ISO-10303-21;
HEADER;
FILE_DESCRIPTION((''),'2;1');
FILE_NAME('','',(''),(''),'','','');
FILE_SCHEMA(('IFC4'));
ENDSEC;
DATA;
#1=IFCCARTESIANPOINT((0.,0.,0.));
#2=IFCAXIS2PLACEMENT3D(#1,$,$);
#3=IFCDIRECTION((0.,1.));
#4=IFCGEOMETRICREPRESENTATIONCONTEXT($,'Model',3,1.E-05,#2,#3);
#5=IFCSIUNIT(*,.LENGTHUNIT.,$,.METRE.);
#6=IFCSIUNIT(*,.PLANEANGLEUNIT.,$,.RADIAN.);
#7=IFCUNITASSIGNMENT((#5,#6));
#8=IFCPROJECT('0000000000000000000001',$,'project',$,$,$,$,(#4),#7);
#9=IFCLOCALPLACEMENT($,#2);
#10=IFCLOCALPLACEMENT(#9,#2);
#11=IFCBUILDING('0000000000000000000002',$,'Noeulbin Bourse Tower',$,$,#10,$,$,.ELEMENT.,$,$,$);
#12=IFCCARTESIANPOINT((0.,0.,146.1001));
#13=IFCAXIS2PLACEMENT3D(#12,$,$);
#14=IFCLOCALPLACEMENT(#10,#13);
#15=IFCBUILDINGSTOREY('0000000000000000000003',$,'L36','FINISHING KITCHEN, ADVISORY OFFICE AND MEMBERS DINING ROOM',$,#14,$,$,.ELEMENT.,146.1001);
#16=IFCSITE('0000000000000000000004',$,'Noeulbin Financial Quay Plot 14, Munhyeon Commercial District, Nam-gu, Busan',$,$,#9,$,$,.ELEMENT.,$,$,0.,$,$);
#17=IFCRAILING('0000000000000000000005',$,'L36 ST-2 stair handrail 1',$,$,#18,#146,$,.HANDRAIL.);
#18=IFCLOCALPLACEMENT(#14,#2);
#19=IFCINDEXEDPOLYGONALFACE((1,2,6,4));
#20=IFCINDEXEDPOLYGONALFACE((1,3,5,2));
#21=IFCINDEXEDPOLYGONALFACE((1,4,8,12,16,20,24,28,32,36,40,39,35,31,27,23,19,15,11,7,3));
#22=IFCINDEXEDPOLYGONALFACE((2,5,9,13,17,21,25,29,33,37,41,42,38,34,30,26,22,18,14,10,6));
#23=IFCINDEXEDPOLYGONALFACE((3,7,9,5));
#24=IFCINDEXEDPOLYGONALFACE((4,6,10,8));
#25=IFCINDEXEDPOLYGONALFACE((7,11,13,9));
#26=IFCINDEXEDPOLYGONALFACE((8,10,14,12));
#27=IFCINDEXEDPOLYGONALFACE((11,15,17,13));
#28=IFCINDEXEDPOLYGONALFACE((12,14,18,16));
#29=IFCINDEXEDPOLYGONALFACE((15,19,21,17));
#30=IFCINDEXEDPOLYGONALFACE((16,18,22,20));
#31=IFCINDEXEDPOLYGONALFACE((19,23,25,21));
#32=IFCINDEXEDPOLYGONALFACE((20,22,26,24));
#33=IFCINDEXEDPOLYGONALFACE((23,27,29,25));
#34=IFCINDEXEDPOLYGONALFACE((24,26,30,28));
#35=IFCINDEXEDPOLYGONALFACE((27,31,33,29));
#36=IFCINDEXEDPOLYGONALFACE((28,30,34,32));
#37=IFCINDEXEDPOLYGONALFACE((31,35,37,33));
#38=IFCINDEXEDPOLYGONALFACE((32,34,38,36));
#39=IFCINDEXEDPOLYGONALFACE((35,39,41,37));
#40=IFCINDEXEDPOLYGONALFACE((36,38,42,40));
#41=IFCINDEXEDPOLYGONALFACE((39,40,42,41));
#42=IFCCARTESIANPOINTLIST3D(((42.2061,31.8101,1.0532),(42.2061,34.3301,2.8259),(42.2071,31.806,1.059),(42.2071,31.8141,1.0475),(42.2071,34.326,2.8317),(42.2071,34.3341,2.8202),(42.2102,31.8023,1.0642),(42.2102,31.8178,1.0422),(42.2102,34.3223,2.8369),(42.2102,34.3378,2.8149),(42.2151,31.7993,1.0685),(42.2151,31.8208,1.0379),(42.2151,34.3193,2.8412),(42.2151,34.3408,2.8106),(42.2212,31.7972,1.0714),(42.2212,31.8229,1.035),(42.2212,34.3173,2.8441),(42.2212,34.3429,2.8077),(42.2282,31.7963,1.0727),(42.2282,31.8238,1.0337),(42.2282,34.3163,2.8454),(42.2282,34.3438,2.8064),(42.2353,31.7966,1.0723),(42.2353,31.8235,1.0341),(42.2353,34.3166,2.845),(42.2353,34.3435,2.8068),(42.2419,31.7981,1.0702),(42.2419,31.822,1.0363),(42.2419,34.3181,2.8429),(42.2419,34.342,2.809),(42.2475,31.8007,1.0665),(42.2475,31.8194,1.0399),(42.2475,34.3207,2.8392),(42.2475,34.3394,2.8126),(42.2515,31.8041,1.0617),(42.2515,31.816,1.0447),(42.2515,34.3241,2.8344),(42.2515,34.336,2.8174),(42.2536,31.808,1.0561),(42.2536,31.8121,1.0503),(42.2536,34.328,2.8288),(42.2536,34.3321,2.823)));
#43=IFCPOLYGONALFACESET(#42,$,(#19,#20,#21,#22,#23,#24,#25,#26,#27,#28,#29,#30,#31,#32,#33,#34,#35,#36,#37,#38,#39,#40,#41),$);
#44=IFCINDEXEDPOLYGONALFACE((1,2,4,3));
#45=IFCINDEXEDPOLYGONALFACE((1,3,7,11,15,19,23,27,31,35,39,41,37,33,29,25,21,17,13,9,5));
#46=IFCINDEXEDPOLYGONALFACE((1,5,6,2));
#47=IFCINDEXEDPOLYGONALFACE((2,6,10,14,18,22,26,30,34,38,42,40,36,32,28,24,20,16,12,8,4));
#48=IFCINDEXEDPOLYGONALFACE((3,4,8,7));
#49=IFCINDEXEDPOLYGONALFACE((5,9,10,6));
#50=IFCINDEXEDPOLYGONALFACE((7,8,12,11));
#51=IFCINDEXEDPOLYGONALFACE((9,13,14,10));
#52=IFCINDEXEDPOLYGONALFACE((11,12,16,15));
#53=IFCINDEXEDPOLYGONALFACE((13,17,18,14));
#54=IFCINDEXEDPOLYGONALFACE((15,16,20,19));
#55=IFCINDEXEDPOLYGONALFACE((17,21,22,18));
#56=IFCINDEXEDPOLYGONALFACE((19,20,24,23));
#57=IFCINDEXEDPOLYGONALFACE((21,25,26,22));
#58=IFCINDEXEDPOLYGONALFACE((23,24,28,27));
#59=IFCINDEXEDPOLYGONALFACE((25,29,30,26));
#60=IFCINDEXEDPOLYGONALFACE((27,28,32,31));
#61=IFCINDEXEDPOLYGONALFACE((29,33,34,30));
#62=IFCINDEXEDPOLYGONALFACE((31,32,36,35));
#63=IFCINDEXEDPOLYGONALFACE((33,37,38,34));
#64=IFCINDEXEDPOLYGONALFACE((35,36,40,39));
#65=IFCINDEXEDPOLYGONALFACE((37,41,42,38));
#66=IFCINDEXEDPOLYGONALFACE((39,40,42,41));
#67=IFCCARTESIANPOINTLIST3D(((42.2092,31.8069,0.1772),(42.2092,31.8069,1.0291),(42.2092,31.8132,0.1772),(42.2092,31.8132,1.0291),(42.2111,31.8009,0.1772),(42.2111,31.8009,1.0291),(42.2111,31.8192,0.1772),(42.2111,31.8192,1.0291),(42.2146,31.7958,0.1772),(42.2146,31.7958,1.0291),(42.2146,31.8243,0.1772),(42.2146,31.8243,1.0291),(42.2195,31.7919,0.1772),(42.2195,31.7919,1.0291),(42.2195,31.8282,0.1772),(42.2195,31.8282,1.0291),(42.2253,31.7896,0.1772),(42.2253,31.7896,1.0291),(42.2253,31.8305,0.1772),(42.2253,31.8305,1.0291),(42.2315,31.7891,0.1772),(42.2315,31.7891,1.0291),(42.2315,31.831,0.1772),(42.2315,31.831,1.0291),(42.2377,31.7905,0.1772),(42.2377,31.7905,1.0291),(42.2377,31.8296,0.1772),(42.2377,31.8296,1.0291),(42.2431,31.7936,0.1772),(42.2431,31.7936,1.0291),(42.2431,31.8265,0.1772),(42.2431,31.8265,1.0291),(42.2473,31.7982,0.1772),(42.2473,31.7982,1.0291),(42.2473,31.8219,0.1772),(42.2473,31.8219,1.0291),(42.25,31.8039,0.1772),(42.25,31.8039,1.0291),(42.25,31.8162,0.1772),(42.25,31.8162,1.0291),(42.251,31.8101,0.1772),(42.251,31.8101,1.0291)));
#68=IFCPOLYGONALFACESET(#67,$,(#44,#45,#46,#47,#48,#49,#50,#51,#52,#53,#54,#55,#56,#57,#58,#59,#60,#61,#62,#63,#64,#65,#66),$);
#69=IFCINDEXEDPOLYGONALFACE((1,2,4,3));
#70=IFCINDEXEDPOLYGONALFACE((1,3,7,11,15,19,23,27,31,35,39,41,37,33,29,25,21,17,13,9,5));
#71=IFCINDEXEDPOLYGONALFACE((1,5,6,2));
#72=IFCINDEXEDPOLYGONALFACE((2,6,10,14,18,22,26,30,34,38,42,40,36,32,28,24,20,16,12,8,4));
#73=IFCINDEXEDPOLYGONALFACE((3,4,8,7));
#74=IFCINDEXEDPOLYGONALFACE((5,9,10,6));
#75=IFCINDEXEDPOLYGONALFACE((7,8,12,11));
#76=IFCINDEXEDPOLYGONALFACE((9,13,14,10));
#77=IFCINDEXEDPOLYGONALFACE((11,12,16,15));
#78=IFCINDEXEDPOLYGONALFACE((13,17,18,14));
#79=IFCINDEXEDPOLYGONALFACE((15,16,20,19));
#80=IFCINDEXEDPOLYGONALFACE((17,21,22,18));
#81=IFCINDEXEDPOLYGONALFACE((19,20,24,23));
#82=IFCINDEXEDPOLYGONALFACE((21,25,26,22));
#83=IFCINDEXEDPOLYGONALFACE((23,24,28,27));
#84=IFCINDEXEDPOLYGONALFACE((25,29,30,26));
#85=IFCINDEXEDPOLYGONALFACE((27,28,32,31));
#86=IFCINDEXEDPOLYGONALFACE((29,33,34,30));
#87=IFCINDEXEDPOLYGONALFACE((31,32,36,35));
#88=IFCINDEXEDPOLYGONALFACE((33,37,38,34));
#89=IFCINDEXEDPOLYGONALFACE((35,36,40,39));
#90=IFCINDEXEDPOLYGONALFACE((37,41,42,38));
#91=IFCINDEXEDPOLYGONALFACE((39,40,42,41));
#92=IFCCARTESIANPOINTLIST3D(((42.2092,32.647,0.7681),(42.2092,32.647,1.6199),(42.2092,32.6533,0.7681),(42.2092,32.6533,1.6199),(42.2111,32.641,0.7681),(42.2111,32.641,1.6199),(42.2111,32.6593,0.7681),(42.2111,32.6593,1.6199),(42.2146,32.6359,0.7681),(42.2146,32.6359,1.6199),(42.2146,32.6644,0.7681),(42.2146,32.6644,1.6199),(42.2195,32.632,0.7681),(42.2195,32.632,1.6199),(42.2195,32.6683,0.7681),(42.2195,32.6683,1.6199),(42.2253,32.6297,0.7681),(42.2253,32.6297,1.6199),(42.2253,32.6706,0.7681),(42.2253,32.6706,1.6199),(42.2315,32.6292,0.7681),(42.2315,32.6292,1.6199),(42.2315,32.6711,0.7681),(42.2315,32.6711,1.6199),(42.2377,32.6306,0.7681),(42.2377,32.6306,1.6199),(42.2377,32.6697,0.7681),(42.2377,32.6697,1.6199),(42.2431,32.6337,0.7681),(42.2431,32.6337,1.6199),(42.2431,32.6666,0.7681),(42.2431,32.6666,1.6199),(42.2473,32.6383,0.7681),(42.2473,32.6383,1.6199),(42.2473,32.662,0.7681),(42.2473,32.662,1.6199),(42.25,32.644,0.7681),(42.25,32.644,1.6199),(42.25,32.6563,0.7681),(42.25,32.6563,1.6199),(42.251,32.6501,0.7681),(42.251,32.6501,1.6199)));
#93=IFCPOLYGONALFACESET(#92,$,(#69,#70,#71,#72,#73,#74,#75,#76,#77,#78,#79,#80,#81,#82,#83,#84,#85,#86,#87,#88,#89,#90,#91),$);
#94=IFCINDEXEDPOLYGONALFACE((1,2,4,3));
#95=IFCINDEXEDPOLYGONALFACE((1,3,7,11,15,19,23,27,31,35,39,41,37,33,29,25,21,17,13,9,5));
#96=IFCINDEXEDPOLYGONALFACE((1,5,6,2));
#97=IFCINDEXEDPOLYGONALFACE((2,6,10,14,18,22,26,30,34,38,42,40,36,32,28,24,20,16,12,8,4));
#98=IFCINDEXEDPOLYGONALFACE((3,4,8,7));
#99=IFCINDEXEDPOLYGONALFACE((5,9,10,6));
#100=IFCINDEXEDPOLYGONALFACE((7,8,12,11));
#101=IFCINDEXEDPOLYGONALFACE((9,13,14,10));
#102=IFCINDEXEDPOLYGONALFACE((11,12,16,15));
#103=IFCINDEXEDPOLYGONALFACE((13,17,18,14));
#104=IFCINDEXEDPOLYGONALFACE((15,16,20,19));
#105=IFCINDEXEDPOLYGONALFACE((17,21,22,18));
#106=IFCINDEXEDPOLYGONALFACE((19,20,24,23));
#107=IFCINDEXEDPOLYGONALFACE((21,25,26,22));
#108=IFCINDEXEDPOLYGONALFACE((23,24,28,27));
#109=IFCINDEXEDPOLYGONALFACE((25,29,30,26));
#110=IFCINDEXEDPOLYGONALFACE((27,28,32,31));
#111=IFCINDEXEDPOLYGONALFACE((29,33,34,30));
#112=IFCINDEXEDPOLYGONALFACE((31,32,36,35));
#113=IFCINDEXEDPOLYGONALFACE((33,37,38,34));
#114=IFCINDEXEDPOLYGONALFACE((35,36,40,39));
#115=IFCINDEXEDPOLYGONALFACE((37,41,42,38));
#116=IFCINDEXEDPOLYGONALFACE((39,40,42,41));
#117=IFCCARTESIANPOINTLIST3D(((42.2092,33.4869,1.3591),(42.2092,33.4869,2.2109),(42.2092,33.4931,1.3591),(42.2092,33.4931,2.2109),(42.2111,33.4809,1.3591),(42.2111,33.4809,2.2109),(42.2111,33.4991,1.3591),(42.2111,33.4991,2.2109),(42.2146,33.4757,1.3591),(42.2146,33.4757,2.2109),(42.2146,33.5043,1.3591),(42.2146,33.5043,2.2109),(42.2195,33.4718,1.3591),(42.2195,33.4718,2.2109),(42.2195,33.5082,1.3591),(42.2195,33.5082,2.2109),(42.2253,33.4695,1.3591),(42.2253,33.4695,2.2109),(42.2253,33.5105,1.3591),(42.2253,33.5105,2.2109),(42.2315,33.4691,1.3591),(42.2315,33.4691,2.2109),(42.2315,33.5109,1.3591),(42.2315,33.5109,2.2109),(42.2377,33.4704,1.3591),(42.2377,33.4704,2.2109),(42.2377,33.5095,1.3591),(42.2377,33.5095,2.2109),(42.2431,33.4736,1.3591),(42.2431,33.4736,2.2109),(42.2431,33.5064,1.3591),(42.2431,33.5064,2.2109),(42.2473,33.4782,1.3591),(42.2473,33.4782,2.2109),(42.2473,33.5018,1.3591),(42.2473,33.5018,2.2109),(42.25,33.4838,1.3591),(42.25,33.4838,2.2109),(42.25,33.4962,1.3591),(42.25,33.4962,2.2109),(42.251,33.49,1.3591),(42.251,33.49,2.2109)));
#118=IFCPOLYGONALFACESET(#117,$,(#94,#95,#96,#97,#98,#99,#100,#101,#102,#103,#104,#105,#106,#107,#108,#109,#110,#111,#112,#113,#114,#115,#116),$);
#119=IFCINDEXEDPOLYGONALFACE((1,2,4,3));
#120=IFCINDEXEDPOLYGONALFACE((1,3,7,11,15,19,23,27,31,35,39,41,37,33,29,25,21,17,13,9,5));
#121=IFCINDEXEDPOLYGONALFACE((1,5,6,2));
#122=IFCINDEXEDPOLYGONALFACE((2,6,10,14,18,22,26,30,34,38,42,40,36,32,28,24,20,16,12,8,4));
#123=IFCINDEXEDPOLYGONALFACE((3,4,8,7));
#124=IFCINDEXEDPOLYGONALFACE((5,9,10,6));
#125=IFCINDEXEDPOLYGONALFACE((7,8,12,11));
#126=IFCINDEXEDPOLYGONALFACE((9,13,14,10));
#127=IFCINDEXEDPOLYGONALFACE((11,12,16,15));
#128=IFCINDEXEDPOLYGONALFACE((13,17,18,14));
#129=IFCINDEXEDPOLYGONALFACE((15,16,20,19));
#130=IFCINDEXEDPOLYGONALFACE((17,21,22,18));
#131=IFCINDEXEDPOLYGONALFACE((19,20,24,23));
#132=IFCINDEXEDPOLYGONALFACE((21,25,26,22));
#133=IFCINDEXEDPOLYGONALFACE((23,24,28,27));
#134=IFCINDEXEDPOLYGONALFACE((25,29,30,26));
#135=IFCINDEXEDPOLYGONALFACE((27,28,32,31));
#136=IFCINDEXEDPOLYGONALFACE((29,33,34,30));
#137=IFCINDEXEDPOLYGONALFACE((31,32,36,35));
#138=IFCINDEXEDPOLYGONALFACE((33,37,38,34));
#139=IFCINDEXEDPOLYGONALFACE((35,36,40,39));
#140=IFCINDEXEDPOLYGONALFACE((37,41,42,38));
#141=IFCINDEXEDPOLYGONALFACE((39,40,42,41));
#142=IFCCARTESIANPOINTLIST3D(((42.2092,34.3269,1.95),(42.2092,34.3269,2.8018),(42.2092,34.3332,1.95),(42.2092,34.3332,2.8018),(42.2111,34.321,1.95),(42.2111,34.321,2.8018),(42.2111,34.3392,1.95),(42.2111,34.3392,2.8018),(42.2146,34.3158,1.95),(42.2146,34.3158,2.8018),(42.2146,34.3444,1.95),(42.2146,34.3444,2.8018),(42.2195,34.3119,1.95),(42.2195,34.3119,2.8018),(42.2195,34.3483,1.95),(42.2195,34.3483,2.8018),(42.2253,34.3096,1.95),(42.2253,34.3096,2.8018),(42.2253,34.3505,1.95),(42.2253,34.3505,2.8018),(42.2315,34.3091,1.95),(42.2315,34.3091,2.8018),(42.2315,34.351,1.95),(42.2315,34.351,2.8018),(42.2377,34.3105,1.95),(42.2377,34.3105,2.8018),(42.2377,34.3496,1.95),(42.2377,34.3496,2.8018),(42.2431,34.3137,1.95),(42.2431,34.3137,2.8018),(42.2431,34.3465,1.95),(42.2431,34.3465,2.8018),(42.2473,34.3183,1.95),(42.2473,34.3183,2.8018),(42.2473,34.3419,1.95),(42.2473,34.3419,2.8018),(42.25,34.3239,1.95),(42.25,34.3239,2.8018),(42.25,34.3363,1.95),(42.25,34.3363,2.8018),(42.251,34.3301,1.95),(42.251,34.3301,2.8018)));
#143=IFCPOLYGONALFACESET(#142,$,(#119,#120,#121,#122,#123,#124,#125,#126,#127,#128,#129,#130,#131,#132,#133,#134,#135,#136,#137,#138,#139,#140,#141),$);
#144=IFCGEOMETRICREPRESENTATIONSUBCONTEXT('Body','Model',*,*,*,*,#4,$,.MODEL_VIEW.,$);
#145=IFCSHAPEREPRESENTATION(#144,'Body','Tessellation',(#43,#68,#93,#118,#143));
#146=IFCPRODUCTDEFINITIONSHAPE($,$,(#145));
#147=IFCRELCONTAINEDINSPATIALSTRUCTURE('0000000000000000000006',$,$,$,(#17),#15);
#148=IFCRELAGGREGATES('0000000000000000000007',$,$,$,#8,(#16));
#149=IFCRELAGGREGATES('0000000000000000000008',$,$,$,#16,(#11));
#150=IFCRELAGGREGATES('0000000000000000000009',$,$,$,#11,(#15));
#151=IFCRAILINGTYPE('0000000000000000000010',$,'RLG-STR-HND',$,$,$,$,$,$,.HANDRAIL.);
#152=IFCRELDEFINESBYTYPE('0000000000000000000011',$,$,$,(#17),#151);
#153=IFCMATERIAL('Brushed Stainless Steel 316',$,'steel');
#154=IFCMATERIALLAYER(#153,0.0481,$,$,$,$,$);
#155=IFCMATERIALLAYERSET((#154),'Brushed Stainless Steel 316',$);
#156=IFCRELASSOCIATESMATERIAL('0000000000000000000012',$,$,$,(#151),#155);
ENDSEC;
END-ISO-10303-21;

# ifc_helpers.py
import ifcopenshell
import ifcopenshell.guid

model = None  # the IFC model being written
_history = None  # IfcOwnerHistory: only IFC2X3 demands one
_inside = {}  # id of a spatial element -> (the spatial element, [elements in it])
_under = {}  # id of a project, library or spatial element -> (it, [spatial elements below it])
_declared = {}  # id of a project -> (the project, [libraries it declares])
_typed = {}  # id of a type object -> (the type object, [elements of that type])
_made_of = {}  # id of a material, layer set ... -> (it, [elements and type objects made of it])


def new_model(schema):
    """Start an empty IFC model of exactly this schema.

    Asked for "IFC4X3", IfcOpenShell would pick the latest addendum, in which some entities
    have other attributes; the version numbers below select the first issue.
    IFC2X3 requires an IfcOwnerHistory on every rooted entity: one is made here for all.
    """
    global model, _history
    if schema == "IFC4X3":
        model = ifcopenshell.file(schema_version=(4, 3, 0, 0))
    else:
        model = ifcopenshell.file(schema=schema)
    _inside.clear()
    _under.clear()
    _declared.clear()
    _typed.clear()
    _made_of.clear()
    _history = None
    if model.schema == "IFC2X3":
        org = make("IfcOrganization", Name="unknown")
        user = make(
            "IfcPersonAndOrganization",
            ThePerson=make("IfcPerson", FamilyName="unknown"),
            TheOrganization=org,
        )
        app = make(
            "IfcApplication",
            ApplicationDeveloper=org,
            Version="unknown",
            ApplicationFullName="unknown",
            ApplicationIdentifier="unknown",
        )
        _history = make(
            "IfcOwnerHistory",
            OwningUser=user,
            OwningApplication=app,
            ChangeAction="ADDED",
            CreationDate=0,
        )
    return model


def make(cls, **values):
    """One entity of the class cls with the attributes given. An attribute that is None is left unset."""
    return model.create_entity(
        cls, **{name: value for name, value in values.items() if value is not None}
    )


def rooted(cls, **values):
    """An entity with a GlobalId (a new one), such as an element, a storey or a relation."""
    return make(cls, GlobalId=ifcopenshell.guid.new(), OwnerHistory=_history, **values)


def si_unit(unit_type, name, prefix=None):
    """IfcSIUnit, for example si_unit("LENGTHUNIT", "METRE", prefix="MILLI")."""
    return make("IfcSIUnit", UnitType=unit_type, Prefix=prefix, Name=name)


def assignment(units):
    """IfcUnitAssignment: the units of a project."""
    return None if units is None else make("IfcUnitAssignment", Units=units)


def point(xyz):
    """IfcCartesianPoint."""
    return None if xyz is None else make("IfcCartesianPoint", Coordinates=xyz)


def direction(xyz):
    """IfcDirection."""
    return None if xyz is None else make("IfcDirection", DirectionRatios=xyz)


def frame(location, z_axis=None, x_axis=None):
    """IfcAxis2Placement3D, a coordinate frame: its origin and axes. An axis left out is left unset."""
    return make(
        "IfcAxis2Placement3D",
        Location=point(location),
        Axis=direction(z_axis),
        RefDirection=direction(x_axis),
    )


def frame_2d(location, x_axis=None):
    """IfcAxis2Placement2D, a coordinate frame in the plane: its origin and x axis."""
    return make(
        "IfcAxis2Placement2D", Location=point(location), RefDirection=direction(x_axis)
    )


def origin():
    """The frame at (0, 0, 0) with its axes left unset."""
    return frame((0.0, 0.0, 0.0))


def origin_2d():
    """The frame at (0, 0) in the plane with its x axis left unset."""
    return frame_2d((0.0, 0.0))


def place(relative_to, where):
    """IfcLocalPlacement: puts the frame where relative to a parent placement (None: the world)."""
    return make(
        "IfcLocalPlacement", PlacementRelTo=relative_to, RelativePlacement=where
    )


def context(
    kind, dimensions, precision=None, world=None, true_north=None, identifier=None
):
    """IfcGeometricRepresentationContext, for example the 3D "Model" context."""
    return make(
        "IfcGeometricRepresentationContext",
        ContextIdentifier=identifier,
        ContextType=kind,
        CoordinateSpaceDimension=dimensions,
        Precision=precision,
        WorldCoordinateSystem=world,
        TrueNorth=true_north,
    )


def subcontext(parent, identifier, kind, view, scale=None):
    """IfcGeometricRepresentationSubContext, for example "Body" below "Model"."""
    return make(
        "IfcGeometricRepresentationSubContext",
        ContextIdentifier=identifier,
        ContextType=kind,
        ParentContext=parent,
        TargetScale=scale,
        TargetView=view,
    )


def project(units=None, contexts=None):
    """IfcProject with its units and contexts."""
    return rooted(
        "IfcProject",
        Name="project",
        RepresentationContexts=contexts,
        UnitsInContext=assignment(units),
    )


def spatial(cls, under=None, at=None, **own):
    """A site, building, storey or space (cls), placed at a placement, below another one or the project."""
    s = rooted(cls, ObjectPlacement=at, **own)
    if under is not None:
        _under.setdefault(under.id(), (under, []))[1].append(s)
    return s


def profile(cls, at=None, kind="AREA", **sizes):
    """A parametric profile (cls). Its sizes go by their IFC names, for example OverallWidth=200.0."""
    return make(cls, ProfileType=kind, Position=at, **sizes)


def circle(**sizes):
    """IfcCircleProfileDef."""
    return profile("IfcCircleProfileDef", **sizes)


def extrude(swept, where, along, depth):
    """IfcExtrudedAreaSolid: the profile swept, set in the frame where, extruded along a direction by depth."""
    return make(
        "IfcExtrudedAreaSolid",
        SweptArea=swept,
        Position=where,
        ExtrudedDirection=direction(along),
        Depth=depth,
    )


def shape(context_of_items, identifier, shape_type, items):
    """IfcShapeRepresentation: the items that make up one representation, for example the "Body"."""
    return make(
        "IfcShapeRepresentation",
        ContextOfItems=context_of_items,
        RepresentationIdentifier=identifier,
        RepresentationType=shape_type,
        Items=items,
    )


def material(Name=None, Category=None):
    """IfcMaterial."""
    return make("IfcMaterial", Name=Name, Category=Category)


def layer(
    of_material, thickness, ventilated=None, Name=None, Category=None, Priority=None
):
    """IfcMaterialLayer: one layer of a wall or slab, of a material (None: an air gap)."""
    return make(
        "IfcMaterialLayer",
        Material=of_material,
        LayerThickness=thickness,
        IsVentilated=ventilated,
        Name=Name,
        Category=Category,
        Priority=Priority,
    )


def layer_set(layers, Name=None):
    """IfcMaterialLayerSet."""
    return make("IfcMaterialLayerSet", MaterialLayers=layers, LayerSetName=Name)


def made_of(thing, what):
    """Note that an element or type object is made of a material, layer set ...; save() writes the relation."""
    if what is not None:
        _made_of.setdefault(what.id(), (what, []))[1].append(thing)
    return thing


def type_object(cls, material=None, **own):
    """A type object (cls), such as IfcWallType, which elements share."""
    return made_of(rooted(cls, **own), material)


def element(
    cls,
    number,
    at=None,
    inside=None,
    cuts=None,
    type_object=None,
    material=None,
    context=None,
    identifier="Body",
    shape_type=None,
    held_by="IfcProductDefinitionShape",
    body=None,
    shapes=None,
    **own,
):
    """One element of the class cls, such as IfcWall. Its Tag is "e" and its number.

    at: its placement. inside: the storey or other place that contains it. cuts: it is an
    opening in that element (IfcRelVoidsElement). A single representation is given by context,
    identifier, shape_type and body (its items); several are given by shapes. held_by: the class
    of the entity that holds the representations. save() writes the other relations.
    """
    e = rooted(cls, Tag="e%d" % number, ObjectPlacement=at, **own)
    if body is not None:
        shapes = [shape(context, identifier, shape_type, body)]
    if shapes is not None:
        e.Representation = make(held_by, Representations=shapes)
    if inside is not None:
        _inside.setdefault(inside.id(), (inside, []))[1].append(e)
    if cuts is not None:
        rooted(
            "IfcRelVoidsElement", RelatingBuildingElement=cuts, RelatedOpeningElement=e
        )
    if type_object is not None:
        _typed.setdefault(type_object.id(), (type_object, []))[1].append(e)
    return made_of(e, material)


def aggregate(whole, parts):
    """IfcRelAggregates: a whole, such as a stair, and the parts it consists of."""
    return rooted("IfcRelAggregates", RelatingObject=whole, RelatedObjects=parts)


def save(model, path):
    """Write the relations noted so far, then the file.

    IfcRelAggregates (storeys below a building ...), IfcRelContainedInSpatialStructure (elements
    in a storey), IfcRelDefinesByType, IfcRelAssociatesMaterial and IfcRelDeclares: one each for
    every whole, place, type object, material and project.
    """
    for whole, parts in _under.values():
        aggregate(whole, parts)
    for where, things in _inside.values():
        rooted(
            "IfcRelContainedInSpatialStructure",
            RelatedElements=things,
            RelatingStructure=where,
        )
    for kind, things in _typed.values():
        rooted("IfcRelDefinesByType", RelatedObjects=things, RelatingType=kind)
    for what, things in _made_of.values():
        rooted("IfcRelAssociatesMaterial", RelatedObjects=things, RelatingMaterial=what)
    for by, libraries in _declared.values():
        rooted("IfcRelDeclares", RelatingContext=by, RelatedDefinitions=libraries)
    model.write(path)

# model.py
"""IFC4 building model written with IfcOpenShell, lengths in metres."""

from ifc_helpers import new_model, si_unit, direction, frame, origin, origin_2d, place, context, subcontext, project, spatial, circle, extrude, material, layer, layer_set, type_object, element, save


model = new_model("IFC4")

# Units and contexts
model_context = context("Model", 3, precision=1e-05, world=origin(), true_north=direction((0.0, 1.0)))
body_context = subcontext(model_context, "Body", "Model", "MODEL_VIEW")
ifc_project = project(units=[si_unit("LENGTHUNIT", "METRE"), si_unit("PLANEANGLEUNIT", "RADIAN")], contexts=[model_context])

# Site, building, storey
site_placement = place(None, origin())
site = spatial("IfcSite", under=ifc_project, at=site_placement, Name="Noeulbin Financial Quay Plot 14, Munhyeon Commercial District, Nam-gu, Busan", CompositionType="ELEMENT", RefElevation=0.0)
building_placement = place(site_placement, origin())
building = spatial("IfcBuilding", under=site, at=building_placement, Name="Noeulbin Bourse Tower", CompositionType="ELEMENT")
storey_placement = place(building_placement, frame((0.0, 0.0, 146.1001)))
storey = spatial("IfcBuildingStorey", under=building, at=storey_placement, Name="L36", Description="FINISHING KITCHEN, ADVISORY OFFICE AND MEMBERS DINING ROOM", CompositionType="ELEMENT", Elevation=146.1001)

# Railing
ifc_material_1 = material(Name="Brushed Stainless Steel 316", Category="steel")
ifc_layer_1 = layer(ifc_material_1, 0.0481)
ifc_layer_set_1 = layer_set([ifc_layer_1], Name="Brushed Stainless Steel 316")
railing_type_1 = type_object("IfcRailingType", Name="RLG-STR-HND", PredefinedType="HANDRAIL", material=ifc_layer_set_1)
railing_1_placement = place(storey_placement, frame((42.23, 31.8101, 0.1772)))
element("IfcRailing", 1, at=railing_1_placement, inside=storey, type_object=railing_type_1, Name="L36 ST-2 stair handrail 1", PredefinedType="HANDRAIL", context=body_context, shape_type="SweptSolid", body=[
    extrude(circle(Radius=0.0239, at=origin_2d()), frame((0.0, 0.0, 0.876), z_axis=(0.0, 0.817904, 0.575354), x_axis=(-1.0, 0.0, 0.0)), (0.0, 0.0, 1.0), 3.0811),
    extrude(circle(Radius=0.021, at=origin_2d()), origin(), (0.0, 0.0, 1.0), 0.8518),
    extrude(circle(Radius=0.021, at=origin_2d()), frame((0.0, 0.8401, 0.5908)), (0.0, 0.0, 1.0), 0.8518),
    extrude(circle(Radius=0.021, at=origin_2d()), frame((0.0, 1.6799, 1.1819)), (0.0, 0.0, 1.0), 0.8518),
    extrude(circle(Radius=0.021, at=origin_2d()), frame((0.0, 2.52, 1.7727)), (0.0, 0.0, 1.0), 0.8518),
])

save(model, "model.ifc")
